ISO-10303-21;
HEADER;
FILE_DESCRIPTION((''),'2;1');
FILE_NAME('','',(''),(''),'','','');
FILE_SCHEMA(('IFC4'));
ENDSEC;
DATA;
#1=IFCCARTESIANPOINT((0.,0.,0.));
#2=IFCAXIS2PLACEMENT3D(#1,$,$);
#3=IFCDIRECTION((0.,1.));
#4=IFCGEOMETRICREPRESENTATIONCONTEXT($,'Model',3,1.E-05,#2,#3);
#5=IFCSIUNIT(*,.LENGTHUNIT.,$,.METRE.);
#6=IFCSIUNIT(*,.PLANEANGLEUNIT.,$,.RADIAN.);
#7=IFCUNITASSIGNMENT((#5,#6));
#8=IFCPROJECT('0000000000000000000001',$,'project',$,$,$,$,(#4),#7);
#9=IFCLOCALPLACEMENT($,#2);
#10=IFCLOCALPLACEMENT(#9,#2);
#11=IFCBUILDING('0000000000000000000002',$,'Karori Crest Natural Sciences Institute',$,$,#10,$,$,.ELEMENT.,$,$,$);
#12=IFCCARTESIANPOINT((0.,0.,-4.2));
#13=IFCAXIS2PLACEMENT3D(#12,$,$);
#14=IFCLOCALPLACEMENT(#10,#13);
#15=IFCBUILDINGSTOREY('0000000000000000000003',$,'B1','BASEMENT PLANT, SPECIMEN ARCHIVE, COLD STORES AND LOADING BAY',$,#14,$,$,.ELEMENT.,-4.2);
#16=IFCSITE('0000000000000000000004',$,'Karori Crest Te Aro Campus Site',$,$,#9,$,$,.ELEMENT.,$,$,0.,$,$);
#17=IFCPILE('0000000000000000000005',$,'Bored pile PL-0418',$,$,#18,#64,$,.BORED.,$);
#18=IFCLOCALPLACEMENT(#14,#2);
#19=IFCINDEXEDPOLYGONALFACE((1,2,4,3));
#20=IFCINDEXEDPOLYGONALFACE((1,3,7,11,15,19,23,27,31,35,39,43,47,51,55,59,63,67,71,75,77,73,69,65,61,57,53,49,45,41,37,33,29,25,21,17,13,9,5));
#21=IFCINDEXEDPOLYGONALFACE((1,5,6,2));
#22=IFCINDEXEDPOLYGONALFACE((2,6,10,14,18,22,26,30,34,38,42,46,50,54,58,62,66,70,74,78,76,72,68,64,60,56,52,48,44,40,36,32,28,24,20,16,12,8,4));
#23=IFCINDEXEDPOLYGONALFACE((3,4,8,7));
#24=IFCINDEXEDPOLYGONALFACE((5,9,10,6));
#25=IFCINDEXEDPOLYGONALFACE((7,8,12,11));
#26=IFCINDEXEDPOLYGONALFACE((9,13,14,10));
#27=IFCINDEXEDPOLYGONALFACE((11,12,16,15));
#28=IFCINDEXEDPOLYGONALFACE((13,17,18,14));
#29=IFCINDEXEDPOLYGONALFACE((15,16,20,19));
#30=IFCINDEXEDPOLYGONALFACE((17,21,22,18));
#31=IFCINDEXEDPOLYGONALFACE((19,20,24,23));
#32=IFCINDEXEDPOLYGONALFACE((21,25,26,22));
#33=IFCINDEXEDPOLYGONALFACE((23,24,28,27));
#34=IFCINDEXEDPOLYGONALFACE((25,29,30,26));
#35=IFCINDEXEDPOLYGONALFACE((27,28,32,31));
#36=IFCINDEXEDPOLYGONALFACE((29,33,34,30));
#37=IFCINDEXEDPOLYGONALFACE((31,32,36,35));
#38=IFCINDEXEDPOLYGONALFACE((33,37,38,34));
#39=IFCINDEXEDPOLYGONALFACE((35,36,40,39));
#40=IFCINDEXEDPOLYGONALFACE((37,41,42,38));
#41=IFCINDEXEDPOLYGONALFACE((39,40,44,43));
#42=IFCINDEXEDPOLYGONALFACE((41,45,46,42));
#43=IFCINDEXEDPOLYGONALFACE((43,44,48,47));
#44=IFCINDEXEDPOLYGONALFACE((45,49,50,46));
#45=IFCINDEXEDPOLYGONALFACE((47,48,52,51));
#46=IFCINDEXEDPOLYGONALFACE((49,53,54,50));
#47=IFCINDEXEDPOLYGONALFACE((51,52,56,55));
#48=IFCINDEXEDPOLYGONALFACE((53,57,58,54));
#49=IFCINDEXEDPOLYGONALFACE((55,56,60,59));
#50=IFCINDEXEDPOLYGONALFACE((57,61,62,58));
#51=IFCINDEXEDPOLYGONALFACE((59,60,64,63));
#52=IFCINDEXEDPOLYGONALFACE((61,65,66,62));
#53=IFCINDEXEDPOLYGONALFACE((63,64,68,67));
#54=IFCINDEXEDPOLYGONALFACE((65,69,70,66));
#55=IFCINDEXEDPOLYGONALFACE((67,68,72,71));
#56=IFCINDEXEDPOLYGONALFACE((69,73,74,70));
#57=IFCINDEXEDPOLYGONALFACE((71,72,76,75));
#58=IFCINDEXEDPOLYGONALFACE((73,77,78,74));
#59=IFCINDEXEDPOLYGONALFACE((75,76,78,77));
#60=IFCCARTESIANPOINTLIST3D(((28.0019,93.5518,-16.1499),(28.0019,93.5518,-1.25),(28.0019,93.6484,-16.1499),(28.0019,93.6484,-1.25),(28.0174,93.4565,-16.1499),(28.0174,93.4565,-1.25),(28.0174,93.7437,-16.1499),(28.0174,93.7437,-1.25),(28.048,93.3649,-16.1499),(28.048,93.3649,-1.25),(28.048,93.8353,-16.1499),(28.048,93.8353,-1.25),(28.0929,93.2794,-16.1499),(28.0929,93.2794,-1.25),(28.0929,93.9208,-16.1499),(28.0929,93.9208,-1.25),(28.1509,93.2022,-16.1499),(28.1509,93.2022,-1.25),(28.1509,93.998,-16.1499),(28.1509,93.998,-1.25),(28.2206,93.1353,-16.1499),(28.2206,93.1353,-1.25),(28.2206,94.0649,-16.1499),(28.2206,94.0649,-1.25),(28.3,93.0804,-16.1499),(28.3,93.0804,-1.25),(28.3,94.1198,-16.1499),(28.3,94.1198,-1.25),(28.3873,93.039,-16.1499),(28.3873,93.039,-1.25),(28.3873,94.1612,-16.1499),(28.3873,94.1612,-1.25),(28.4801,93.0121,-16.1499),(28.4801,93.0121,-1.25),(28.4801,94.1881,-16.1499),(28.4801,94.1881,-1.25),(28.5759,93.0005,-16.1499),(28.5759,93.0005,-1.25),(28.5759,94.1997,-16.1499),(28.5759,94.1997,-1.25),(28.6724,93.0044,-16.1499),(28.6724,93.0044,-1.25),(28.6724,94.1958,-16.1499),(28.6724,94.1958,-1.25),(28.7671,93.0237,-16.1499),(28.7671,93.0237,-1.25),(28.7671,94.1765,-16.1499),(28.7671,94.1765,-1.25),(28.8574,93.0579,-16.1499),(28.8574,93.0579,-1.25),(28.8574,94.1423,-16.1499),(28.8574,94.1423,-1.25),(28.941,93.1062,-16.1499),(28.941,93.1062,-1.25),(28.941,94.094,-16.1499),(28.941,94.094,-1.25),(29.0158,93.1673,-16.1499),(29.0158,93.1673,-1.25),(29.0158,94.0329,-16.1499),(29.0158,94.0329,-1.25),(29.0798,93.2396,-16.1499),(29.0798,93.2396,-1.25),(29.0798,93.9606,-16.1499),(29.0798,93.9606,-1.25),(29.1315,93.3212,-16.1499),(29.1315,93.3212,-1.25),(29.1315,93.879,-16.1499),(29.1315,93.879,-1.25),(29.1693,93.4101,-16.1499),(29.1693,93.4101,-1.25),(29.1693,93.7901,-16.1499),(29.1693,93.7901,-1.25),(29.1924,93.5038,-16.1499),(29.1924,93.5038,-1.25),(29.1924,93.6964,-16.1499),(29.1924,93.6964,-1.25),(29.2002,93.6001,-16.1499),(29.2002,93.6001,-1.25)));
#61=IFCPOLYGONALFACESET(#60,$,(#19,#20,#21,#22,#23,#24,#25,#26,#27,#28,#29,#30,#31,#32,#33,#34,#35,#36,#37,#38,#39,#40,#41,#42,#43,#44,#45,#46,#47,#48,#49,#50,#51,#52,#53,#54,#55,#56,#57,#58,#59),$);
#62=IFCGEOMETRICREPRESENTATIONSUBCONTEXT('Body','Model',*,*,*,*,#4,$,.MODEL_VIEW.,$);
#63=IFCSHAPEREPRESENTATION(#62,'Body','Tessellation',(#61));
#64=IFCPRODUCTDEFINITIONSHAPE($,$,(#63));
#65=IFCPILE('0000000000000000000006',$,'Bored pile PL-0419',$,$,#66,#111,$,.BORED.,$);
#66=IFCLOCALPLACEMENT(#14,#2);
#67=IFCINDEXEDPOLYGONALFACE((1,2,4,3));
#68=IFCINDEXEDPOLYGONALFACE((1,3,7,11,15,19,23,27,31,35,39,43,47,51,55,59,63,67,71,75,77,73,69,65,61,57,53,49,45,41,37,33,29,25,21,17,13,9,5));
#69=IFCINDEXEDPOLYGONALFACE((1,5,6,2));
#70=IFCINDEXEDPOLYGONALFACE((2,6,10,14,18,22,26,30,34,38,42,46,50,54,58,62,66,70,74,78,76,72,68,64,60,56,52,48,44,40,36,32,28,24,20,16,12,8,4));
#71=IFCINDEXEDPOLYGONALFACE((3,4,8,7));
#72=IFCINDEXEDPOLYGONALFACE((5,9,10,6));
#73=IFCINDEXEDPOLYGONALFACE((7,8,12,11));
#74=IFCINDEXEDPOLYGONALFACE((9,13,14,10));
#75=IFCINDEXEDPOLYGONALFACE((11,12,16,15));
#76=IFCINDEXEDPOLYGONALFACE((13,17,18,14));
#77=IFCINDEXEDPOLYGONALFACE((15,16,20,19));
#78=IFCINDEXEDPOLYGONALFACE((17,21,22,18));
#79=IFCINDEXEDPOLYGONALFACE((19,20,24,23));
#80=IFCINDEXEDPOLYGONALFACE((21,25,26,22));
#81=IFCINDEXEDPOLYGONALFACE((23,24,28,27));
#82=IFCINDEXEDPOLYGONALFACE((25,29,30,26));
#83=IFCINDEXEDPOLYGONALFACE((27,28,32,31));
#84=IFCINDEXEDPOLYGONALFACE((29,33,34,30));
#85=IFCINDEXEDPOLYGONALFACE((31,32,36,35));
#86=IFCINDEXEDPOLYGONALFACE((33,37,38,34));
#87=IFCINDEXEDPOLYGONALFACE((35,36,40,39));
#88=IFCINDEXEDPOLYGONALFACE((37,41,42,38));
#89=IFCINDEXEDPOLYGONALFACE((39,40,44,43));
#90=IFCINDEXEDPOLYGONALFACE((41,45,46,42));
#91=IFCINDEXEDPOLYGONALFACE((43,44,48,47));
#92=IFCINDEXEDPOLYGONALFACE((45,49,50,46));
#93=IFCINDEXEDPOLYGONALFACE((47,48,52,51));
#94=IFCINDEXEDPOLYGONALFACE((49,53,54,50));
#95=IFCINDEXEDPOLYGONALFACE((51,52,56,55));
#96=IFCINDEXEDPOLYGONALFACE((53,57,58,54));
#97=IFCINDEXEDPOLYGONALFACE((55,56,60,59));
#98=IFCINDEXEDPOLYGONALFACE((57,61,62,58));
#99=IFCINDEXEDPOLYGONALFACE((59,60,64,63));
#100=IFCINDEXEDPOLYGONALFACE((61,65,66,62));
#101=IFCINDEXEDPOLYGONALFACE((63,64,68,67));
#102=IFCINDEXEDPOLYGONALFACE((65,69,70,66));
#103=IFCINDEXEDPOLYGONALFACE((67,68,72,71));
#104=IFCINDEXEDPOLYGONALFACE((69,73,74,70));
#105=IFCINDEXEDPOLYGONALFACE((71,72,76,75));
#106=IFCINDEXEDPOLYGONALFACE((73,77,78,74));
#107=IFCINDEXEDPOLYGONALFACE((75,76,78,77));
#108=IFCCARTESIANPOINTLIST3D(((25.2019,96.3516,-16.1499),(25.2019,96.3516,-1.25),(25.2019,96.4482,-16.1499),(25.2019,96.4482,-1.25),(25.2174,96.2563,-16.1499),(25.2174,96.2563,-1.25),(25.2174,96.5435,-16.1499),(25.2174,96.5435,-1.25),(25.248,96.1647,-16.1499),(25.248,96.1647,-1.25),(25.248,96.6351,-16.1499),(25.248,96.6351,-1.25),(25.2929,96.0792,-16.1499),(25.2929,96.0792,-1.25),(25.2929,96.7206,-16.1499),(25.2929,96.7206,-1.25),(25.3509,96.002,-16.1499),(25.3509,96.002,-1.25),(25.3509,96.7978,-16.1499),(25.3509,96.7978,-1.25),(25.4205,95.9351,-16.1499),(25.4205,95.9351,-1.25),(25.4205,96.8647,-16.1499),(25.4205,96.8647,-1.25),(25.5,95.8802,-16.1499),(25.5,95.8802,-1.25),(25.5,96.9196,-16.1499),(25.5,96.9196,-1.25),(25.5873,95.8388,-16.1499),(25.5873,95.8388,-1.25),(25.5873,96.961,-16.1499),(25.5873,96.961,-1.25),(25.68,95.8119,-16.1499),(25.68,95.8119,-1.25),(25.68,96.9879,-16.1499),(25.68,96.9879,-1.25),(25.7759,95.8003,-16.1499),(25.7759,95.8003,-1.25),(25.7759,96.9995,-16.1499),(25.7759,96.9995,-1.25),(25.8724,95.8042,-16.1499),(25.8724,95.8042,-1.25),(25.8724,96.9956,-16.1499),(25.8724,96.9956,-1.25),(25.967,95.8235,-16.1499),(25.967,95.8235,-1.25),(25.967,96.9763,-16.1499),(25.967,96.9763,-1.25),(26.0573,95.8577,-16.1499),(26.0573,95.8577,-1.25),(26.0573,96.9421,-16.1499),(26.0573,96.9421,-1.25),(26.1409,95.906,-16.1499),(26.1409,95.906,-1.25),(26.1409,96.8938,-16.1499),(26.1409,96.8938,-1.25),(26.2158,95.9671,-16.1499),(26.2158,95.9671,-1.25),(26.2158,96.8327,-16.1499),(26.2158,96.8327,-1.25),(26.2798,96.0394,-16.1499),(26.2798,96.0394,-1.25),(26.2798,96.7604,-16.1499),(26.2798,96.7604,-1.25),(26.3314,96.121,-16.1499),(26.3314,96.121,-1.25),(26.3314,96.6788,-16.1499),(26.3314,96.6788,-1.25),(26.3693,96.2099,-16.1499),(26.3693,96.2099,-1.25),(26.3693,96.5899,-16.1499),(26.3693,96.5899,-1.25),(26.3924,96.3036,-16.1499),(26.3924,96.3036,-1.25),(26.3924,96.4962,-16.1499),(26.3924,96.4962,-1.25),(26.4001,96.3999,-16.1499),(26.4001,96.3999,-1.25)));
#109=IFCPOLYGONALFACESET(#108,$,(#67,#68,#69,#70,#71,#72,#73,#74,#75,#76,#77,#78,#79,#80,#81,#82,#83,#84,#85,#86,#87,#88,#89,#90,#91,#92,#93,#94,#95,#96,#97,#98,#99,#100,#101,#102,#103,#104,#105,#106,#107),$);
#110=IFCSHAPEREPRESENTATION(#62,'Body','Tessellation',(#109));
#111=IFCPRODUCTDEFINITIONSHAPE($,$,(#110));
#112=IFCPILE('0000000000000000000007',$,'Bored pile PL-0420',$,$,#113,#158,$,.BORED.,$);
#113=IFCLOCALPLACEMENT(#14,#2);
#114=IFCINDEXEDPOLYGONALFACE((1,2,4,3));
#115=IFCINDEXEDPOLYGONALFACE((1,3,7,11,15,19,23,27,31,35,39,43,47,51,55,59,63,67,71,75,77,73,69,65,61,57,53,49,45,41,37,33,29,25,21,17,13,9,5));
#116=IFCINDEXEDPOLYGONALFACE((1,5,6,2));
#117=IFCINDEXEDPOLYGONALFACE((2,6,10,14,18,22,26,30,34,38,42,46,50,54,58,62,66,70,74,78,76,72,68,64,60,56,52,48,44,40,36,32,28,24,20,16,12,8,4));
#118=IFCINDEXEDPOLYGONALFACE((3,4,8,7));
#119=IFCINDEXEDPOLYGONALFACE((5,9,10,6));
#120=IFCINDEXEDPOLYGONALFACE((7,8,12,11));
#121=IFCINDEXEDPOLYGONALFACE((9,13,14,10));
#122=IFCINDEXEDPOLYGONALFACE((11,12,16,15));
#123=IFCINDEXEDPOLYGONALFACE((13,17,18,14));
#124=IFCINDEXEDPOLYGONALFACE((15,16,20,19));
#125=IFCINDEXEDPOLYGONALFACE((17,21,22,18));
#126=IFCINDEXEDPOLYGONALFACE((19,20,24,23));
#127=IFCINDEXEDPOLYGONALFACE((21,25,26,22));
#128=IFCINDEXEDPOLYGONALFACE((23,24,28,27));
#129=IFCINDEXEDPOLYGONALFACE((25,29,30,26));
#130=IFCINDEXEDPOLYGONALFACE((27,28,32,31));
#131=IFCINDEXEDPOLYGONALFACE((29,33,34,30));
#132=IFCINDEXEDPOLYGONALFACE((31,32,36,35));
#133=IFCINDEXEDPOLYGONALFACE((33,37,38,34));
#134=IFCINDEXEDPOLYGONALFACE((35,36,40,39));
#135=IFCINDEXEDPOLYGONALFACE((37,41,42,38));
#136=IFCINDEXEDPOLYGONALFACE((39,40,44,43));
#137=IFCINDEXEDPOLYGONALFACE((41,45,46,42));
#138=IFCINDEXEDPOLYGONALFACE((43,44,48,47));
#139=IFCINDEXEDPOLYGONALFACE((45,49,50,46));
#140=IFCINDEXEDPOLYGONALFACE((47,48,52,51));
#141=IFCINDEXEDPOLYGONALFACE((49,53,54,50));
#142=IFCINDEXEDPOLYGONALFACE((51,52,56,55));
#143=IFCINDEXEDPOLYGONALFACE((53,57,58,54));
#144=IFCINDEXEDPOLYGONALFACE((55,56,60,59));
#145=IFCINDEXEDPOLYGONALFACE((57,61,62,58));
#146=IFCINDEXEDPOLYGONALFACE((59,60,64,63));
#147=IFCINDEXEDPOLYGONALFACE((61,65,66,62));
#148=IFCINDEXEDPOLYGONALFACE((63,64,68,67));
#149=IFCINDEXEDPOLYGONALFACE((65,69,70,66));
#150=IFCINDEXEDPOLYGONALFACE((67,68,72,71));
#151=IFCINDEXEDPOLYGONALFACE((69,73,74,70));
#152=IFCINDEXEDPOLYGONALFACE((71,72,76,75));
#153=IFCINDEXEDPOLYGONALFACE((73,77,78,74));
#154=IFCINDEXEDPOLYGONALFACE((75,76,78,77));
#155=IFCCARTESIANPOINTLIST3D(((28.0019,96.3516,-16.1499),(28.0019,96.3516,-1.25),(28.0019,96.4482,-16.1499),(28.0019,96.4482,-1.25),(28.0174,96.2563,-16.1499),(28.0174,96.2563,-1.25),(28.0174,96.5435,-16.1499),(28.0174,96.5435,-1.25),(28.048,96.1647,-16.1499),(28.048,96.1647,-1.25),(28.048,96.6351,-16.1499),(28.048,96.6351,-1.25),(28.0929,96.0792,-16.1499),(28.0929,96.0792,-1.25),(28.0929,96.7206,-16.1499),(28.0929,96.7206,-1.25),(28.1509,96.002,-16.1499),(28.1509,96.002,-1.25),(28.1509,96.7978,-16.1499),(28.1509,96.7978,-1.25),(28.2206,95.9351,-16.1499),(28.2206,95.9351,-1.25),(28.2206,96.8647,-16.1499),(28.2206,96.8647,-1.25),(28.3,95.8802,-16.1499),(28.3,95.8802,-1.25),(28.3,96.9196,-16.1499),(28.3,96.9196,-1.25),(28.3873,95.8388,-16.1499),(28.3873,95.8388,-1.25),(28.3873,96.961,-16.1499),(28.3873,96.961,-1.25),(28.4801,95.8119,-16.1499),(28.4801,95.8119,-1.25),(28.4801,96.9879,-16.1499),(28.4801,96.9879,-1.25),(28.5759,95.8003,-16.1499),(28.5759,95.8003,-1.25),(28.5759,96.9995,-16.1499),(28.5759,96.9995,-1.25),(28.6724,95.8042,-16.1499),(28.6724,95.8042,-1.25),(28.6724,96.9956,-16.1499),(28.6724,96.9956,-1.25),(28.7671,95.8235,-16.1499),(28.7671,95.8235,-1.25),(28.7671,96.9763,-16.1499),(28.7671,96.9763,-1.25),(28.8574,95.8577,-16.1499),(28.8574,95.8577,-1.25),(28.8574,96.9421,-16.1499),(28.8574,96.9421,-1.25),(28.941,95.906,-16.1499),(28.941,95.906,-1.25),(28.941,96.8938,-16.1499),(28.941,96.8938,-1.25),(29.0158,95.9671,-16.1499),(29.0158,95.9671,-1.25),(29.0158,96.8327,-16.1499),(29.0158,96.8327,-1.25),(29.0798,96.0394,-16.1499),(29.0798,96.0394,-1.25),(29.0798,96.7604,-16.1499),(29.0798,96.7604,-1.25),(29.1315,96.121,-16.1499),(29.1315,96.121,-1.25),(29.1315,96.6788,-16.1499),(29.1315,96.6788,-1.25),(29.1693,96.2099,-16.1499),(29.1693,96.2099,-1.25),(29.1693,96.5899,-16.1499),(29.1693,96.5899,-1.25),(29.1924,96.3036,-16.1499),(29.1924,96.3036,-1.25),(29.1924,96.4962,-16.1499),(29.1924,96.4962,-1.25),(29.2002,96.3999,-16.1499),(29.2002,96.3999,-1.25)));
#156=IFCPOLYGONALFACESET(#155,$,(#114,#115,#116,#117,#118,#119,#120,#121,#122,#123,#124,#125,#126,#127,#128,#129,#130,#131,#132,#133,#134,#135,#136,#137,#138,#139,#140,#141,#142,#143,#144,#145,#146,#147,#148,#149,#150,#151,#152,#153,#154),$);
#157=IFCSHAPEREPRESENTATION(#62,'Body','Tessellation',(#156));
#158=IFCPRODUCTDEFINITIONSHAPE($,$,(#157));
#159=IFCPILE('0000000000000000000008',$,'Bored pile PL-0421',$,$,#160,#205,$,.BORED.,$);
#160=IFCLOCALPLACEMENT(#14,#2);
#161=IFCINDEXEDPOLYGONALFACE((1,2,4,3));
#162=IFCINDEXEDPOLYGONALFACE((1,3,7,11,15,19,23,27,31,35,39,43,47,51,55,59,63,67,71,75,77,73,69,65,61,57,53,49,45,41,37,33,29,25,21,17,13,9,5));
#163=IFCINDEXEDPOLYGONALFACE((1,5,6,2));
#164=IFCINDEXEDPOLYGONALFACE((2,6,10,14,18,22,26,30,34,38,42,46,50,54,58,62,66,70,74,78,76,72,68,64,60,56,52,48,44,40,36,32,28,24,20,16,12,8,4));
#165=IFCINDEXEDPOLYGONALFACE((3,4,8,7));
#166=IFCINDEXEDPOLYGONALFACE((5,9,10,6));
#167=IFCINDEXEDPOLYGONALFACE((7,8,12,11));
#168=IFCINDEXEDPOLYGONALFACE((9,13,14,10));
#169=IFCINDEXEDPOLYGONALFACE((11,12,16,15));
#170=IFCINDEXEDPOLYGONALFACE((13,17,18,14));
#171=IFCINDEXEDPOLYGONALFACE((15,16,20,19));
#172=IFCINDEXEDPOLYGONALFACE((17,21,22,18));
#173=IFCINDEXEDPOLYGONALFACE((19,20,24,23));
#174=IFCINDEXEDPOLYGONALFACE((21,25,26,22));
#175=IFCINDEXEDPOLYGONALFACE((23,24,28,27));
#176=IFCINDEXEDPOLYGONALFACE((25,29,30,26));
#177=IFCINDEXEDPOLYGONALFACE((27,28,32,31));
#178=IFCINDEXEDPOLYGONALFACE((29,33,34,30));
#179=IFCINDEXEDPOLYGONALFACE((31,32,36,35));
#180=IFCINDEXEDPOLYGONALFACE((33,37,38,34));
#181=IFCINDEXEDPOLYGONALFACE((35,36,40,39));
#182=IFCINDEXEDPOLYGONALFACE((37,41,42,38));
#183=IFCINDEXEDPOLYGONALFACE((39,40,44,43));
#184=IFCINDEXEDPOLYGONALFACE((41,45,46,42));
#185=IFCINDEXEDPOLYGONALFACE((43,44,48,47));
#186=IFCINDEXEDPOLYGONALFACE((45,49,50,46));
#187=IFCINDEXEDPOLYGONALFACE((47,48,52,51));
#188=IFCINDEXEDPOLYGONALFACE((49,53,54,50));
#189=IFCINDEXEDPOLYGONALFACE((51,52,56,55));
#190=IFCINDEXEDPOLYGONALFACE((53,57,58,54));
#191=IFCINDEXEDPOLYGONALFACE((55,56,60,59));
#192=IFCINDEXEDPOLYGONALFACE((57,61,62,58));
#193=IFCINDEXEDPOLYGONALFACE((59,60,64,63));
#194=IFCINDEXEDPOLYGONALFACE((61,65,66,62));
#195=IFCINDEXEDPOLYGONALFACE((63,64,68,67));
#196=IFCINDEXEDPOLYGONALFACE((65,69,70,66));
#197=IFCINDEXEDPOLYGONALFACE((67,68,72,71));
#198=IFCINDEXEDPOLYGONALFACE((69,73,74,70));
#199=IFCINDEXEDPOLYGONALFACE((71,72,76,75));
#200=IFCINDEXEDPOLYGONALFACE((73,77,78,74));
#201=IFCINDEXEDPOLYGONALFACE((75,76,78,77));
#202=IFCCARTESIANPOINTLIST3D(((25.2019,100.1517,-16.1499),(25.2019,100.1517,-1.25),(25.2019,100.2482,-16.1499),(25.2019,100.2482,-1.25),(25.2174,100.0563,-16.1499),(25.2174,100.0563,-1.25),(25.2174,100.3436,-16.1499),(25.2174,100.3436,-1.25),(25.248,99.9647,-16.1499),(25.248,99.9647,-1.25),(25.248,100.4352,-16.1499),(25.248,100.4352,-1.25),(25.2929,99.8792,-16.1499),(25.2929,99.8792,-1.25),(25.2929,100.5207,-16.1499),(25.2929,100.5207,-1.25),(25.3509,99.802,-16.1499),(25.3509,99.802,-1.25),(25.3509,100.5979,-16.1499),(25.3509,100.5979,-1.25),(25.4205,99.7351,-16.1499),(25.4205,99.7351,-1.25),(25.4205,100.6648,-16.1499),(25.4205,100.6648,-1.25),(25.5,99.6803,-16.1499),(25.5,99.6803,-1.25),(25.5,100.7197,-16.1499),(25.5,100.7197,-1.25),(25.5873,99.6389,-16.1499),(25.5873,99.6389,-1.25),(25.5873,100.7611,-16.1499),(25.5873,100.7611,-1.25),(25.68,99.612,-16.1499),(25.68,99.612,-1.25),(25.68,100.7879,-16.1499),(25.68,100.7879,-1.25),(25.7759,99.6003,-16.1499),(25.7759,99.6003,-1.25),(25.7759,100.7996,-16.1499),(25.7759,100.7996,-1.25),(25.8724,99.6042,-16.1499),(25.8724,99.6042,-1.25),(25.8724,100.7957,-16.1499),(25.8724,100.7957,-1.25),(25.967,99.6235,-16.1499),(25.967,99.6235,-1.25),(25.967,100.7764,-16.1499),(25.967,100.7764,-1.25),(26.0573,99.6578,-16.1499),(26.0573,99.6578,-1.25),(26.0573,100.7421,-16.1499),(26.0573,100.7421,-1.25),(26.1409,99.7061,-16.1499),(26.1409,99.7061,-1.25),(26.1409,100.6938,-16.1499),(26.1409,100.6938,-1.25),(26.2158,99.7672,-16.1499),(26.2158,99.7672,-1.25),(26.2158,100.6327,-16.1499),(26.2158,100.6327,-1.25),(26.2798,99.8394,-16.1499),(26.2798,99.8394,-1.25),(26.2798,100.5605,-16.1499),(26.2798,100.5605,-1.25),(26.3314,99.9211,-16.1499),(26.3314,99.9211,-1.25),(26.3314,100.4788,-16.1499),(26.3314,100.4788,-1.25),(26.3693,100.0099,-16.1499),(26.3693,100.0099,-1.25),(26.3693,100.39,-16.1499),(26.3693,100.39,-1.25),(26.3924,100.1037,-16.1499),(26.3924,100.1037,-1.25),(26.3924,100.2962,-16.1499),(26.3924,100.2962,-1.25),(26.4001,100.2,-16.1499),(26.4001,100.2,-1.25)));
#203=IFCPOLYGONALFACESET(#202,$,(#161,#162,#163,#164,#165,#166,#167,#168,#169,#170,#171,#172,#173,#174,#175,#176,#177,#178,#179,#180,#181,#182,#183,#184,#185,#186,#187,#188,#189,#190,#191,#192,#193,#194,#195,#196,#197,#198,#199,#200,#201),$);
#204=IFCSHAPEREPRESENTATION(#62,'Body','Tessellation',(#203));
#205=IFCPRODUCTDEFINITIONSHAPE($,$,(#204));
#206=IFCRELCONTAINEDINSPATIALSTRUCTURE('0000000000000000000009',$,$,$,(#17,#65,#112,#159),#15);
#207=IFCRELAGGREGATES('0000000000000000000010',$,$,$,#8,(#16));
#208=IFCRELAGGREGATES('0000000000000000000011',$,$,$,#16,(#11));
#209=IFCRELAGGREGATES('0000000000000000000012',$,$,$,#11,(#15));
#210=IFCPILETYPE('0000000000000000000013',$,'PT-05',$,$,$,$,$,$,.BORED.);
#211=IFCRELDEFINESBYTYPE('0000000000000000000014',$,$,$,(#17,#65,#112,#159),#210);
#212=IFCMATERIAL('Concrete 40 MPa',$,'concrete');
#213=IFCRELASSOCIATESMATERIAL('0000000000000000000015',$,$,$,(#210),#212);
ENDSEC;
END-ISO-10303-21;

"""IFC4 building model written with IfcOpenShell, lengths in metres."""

from ifc_helpers import new_model, si_unit, direction, frame, origin, origin_2d, place, context, subcontext, project, spatial, circle, extrude, material, material_profile, profile_set, type_object, element, save


model = new_model("IFC4")

# Units and contexts
model_context = context("Model", 3, precision=1e-05, world=origin(), true_north=direction((0.0, 1.0)))
body_context = subcontext(model_context, "Body", "Model", "MODEL_VIEW")
ifc_project = project(units=[si_unit("LENGTHUNIT", "METRE"), si_unit("PLANEANGLEUNIT", "RADIAN")], contexts=[model_context])

# Site, building, storey
site_placement = place(None, origin())
site = spatial("IfcSite", under=ifc_project, at=site_placement, Name="Karori Crest Te Aro Campus Site", CompositionType="ELEMENT", RefElevation=0.0)
building_placement = place(site_placement, origin())
building = spatial("IfcBuilding", under=site, at=building_placement, Name="Karori Crest Natural Sciences Institute", CompositionType="ELEMENT")
storey_placement = place(building_placement, frame((0.0, 0.0, -4.2)))
storey = spatial("IfcBuildingStorey", under=building, at=storey_placement, Name="B1", Description="BASEMENT PLANT, SPECIMEN ARCHIVE, COLD STORES AND LOADING BAY", CompositionType="ELEMENT", Elevation=-4.2)

# Shared definitions
ifc_material_1 = material(Name="Concrete 40 MPa", Category="concrete")

# Piles
ifc_material_profile_1 = material_profile(ifc_material_1, circle(Radius=0.6001, at=origin_2d()), Name="PILE1200")
ifc_profile_set_1 = profile_set([ifc_material_profile_1], Name="Concrete 40 MPa")
pile_type = type_object("IfcPileType", Name="PT-05", PredefinedType="BORED", material=ifc_profile_set_1)
for number, where, z_axis, x_axis, name in (
    (1, (28.6001, 93.6001, -1.25), (0.0, 0.0, -1.0), (1.0, 0.0, 0.0), "Bored pile PL-0418"),
    (2, (25.8, 96.3999, -1.25), (0.0, 0.0, -1.0), (1.0, 0.0, 0.0), "Bored pile PL-0419"),
    (3, (28.6001, 96.3999, -1.25), (0.0, 0.0, -1.0), (1.0, 0.0, 0.0), "Bored pile PL-0420"),
    (4, (25.8, 100.2, -1.25), (0.0, 0.0, -1.0), (1.0, 0.0, 0.0), "Bored pile PL-0421"),
):
    element("IfcPile", number, at=place(storey_placement, frame(where, z_axis=z_axis, x_axis=x_axis)), inside=storey, type_object=pile_type, Name=name, PredefinedType="BORED", context=body_context, shape_type="SweptSolid", body=[
        extrude(circle(Radius=0.6001, at=origin_2d()), origin(), (0.0, 0.0, 1.0), 14.8999),
    ])

save(model, "model.ifc")
